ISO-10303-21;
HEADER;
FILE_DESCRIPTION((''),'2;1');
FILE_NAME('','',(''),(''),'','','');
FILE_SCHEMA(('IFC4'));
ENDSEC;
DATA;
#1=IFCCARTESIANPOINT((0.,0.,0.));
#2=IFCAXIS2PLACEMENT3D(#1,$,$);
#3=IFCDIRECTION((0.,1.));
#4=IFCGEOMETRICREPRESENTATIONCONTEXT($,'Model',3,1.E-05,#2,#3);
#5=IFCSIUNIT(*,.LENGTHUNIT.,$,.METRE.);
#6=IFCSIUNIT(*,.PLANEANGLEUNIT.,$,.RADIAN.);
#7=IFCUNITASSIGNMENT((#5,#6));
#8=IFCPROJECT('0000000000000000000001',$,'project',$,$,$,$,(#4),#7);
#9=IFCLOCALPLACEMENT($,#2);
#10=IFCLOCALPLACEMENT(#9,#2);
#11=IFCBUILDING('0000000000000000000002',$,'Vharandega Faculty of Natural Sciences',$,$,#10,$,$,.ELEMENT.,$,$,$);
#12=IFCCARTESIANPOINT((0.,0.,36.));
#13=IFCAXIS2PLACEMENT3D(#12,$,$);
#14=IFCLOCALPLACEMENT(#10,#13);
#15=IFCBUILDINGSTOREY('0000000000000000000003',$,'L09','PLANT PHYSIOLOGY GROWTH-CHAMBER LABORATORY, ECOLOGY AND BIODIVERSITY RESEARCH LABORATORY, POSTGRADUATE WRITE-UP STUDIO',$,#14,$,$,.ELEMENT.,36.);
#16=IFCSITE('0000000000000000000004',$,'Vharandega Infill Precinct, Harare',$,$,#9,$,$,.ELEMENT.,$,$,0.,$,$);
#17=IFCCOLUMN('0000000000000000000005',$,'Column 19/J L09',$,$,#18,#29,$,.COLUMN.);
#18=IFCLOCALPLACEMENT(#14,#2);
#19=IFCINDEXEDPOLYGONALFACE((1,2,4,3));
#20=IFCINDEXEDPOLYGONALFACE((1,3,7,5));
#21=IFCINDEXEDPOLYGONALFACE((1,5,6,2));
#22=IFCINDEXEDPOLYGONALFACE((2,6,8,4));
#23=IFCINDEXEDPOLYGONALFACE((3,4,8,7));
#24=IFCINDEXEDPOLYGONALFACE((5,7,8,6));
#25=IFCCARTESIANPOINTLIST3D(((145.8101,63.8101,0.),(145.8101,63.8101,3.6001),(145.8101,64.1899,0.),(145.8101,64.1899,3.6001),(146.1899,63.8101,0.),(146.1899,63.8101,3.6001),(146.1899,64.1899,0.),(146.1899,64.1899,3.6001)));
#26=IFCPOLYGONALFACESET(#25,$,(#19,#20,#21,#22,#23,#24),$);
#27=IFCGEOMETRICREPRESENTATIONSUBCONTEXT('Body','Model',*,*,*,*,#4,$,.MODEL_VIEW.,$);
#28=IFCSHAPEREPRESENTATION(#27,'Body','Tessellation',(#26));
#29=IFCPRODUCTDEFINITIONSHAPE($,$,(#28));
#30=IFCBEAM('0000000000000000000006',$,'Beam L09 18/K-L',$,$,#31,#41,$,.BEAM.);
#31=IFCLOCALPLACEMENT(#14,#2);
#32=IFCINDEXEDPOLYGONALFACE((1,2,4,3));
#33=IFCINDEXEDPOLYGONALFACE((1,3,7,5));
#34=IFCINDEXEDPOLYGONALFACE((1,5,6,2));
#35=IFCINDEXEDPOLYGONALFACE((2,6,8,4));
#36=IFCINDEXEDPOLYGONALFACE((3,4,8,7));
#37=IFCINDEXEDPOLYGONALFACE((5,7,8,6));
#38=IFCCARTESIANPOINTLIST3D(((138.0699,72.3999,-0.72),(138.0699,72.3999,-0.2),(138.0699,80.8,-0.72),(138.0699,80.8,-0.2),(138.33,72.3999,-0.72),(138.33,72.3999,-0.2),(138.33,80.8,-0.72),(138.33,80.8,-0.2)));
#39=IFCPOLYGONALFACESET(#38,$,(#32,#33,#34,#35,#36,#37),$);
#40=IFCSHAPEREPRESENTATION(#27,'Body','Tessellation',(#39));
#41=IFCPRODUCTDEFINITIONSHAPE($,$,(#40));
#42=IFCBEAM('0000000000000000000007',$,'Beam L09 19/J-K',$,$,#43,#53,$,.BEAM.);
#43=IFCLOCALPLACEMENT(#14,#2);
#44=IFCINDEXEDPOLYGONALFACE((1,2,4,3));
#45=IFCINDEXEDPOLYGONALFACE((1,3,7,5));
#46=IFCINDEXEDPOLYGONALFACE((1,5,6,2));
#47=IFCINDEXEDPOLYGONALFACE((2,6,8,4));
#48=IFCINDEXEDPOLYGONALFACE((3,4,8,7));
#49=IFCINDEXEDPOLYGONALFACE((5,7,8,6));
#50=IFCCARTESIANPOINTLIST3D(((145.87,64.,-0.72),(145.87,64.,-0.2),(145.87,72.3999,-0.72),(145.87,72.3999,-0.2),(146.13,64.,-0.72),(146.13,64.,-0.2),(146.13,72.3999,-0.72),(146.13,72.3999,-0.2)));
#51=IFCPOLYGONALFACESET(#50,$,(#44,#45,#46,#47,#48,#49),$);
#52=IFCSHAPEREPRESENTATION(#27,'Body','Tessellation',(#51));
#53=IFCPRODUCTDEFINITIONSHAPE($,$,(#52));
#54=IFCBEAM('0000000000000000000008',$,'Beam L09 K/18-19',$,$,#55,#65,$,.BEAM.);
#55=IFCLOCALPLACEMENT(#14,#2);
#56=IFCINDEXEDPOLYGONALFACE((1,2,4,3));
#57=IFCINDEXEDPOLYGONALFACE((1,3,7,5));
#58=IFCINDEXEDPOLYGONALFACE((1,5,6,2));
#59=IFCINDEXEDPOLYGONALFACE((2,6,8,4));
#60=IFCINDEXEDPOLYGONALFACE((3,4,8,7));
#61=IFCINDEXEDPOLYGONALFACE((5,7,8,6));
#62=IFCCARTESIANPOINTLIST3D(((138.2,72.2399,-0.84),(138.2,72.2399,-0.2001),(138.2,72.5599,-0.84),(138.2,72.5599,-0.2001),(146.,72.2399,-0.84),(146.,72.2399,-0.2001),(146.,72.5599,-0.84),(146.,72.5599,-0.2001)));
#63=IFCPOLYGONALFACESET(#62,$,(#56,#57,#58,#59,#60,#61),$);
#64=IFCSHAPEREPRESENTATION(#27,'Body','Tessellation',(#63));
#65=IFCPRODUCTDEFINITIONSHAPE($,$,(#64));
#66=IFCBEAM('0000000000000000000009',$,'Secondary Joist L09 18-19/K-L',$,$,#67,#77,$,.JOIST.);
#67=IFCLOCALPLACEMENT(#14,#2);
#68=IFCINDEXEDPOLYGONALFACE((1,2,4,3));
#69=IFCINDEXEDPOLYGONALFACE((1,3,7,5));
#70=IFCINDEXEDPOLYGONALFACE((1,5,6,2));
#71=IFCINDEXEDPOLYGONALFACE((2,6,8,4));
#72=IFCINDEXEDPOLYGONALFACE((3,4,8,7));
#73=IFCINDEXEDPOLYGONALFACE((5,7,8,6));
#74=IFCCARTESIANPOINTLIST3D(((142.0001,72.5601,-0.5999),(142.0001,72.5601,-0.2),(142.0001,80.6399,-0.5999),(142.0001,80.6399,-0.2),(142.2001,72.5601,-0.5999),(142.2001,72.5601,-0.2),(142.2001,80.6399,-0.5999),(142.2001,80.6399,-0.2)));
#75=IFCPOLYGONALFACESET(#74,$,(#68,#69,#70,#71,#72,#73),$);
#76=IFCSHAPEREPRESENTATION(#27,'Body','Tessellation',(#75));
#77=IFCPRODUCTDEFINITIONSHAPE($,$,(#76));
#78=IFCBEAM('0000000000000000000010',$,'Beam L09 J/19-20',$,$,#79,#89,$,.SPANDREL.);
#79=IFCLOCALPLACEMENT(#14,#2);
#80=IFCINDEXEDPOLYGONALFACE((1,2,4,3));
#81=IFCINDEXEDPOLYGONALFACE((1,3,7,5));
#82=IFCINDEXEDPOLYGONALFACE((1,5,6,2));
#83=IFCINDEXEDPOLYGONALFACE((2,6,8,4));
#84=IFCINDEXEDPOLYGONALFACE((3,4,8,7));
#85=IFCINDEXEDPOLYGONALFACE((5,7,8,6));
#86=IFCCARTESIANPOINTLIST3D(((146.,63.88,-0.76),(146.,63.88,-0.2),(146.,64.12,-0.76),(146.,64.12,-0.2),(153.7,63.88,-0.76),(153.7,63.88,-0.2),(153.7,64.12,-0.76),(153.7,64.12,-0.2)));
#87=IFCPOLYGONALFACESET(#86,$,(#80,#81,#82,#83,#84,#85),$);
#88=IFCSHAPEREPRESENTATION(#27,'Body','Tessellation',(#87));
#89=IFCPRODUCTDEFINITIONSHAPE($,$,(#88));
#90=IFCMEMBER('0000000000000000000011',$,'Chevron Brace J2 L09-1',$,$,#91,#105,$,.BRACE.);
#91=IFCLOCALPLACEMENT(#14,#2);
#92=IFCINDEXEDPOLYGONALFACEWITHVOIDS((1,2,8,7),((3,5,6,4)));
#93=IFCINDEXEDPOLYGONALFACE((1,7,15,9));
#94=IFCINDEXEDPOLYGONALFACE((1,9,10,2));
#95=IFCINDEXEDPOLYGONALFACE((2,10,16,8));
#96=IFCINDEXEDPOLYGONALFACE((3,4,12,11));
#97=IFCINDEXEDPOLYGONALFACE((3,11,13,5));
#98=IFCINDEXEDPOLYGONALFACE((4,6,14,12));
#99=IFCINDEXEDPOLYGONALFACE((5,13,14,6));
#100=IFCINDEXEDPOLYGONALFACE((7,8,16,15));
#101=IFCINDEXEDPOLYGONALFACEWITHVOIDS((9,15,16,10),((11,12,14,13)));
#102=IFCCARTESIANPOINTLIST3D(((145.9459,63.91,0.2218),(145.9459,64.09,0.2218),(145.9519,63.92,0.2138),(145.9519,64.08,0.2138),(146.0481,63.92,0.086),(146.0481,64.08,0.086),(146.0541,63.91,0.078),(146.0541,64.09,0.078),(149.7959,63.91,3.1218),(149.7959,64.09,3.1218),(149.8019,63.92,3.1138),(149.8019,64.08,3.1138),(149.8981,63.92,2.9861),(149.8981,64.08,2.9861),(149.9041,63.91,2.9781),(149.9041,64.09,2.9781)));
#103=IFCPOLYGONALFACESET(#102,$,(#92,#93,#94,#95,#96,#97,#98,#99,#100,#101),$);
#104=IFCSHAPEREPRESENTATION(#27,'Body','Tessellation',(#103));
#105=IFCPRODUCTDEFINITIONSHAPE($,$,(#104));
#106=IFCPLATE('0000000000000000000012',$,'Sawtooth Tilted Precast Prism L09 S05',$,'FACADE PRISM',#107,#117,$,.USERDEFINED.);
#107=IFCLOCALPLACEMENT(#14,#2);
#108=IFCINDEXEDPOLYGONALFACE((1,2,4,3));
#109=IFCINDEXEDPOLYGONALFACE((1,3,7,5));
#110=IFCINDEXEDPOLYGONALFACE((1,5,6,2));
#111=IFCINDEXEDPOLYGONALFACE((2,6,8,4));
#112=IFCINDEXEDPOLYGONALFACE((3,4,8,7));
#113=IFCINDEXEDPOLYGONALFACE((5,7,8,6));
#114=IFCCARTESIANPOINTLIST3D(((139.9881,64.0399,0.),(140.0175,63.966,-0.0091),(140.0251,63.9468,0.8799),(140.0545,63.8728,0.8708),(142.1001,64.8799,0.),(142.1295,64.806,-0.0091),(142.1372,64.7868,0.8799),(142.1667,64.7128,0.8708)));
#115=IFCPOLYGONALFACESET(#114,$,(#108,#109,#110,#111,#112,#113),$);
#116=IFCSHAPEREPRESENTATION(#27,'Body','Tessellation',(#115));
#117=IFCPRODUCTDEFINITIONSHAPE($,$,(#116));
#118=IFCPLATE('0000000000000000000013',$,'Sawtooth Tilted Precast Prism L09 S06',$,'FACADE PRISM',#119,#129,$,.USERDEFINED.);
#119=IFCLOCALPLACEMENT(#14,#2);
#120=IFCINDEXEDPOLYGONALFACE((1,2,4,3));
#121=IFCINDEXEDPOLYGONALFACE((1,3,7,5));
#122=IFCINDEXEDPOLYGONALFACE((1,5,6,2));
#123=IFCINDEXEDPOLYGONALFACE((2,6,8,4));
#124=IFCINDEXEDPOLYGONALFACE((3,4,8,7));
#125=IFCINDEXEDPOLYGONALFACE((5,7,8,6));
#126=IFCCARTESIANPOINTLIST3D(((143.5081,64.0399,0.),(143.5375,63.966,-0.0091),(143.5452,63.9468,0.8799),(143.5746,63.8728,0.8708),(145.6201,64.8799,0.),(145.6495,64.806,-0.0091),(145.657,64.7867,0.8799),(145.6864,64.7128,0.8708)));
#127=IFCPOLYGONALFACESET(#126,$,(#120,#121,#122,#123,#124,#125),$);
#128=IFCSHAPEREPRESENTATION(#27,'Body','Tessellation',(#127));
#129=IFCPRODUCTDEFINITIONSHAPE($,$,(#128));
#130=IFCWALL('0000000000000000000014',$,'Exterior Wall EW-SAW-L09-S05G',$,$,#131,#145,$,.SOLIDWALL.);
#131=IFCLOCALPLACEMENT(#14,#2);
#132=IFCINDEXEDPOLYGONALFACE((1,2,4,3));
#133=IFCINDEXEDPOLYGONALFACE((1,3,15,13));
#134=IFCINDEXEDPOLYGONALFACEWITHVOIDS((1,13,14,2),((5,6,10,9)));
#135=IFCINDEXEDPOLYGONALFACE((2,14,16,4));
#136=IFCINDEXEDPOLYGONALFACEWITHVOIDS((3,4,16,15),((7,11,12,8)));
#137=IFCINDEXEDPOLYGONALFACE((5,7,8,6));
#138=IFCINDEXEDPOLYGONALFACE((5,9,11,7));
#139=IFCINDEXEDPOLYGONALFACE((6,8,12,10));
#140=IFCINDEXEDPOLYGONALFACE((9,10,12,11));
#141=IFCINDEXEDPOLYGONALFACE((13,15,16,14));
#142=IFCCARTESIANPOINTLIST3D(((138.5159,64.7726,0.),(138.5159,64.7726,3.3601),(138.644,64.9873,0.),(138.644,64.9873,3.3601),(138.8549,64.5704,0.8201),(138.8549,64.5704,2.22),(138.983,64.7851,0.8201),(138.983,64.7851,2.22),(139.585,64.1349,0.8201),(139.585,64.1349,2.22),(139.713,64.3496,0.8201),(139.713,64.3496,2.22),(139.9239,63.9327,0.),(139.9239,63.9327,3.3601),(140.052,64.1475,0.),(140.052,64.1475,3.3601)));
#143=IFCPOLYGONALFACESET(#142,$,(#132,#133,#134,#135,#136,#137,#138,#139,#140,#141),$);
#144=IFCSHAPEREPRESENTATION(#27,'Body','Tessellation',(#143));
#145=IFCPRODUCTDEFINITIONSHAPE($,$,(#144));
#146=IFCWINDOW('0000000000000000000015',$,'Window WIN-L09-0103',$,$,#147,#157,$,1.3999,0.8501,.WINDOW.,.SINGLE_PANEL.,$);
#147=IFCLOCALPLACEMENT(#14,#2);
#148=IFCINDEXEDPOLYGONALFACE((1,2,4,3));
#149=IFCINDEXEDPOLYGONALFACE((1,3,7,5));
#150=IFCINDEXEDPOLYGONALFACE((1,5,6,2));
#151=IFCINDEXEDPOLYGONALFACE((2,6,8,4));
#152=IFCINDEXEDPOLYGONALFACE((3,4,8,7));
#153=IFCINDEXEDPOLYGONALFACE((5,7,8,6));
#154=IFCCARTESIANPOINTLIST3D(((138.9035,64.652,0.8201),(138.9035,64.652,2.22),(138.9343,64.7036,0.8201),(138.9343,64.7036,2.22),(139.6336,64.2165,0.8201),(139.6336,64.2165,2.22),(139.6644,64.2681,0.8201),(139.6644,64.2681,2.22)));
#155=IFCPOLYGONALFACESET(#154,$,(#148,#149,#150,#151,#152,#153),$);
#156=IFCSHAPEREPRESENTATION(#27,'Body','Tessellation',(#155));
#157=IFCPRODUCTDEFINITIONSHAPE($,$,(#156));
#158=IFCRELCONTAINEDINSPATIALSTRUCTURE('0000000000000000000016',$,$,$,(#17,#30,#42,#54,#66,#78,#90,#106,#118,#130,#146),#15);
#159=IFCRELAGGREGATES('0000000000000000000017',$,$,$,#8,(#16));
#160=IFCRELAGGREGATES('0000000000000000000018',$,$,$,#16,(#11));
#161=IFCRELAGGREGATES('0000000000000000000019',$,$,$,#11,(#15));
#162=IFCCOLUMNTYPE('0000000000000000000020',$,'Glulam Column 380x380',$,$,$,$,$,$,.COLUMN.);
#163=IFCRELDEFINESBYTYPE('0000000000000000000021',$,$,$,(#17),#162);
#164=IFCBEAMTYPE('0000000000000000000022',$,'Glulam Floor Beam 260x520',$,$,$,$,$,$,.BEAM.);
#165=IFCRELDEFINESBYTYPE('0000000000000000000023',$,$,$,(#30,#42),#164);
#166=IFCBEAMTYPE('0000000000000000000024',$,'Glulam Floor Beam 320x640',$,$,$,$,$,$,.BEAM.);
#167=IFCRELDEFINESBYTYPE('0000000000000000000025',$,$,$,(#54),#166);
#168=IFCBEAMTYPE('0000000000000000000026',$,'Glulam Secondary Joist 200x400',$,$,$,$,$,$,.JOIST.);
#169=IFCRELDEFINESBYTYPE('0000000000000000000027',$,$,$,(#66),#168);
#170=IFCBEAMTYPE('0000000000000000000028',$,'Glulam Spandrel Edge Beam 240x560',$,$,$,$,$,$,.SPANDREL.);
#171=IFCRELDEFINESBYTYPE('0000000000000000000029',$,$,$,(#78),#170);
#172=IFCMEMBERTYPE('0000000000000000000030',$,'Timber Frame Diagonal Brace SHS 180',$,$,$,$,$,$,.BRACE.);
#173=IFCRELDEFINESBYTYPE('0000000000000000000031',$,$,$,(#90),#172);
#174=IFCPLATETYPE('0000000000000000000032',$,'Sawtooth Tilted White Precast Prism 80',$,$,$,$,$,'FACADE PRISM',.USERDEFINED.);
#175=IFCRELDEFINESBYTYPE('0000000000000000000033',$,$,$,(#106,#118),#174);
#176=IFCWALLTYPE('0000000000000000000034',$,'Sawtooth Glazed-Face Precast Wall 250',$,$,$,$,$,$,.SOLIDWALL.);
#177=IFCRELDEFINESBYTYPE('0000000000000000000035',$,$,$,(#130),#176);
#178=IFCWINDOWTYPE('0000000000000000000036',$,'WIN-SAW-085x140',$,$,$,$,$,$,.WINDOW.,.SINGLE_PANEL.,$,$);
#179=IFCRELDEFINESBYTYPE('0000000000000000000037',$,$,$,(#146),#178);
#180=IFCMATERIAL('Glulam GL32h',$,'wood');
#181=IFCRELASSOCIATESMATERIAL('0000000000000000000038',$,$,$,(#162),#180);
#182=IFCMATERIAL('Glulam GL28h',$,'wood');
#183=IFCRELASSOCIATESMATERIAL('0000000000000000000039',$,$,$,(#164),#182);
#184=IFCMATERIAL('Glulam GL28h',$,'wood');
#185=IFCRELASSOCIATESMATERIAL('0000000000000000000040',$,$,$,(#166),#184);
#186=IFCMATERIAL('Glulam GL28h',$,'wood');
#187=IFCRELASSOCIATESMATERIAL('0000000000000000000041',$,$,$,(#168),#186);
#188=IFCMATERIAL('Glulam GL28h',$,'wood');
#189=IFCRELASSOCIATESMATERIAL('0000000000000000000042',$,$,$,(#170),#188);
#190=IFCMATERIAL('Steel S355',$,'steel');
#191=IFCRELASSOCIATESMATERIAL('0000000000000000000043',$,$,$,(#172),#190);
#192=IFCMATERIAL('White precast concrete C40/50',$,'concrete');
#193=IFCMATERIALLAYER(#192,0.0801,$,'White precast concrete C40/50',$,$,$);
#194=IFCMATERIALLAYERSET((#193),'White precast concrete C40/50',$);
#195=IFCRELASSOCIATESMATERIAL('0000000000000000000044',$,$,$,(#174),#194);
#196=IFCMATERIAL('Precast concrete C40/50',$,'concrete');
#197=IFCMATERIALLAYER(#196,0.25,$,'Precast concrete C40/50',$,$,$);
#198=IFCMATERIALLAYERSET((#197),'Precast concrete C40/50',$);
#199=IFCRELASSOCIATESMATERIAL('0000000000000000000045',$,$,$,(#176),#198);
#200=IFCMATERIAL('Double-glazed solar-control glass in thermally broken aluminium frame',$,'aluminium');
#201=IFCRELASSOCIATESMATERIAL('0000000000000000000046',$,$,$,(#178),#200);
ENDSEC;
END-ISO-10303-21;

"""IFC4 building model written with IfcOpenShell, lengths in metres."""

from ifc_helpers import new_model, si_unit, direction, frame, frame_2d, origin, origin_2d, place, context, subcontext, project, spatial, polyline, rectangle, hollow_rectangle, outline, extrude, material, layer, layer_set, material_profile, profile_set, type_object, element, fill, save


model = new_model("IFC4")

# Units and contexts
model_context = context("Model", 3, precision=1e-05, world=origin(), true_north=direction((0.0, 1.0)))
body_context = subcontext(model_context, "Body", "Model", "MODEL_VIEW")
ifc_project = project(units=[si_unit("LENGTHUNIT", "METRE"), si_unit("PLANEANGLEUNIT", "RADIAN")], contexts=[model_context])

# Site, building, storey
site_placement = place(None, origin())
site = spatial("IfcSite", under=ifc_project, at=site_placement, Name="Vharandega Infill Precinct, Harare", CompositionType="ELEMENT", RefElevation=0.0)
building_placement = place(site_placement, origin())
building = spatial("IfcBuilding", under=site, at=building_placement, Name="Vharandega Faculty of Natural Sciences", CompositionType="ELEMENT")
storey_placement = place(building_placement, frame((0.0, 0.0, 36.0)))
storey = spatial("IfcBuildingStorey", under=building, at=storey_placement, Name="L09", Description="PLANT PHYSIOLOGY GROWTH-CHAMBER LABORATORY, ECOLOGY AND BIODIVERSITY RESEARCH LABORATORY, POSTGRADUATE WRITE-UP STUDIO", CompositionType="ELEMENT", Elevation=36.0)

# Column
ifc_material_1 = material(Name="Glulam GL32h", Category="wood")
ifc_material_profile_1 = material_profile(ifc_material_1, rectangle(XDim=0.3799, YDim=0.3799, at=origin_2d()), Name="GL32h 380x380")
ifc_profile_set_1 = profile_set([ifc_material_profile_1], Name="Glulam GL32h")
column_type = type_object("IfcColumnType", Name="Glulam Column 380x380", PredefinedType="COLUMN", material=ifc_profile_set_1)
column_placement = place(storey_placement, frame((146.0, 64.0, 0.0), z_axis=(0.0, 0.0, 1.0), x_axis=(1.0, 0.0, 0.0)))
element("IfcColumn", 1, at=column_placement, inside=storey, type_object=column_type, Name="Column 19/J L09", PredefinedType="COLUMN", context=body_context, shape_type="SweptSolid", body=[
    extrude(rectangle(XDim=0.3799, YDim=0.3799, at=origin_2d()), origin(), (0.0, 0.0, 1.0), 3.6001),
])

# Beams
ifc_material_2 = material(Name="Glulam GL28h", Category="wood")
ifc_material_profile_2 = material_profile(ifc_material_2, rectangle(XDim=0.26, YDim=0.52, at=origin_2d()), Name="GL28h 260x520")
ifc_profile_set_2 = profile_set([ifc_material_profile_2], Name="Glulam GL28h")
beam_type_1 = type_object("IfcBeamType", Name="Glulam Floor Beam 260x520", PredefinedType="BEAM", material=ifc_profile_set_2)
beam_1_placement = place(storey_placement, frame((138.2, 72.3999, -0.46), z_axis=(0.0, 1.0, 0.0), x_axis=(-1.0, 0.0, 0.0)))
element("IfcBeam", 2, at=beam_1_placement, inside=storey, type_object=beam_type_1, Name="Beam L09 18/K-L", PredefinedType="BEAM", context=body_context, shape_type="SweptSolid", body=[
    extrude(rectangle(XDim=0.26, YDim=0.52, at=origin_2d()), origin(), (0.0, 0.0, 1.0), 8.4001),
])
beam_2_placement = place(storey_placement, frame((146.0, 64.0, -0.46), z_axis=(0.0, 1.0, 0.0), x_axis=(-1.0, 0.0, 0.0)))
element("IfcBeam", 3, at=beam_2_placement, inside=storey, type_object=beam_type_1, Name="Beam L09 19/J-K", PredefinedType="BEAM", context=body_context, shape_type="SweptSolid", body=[
    extrude(rectangle(XDim=0.26, YDim=0.52, at=origin_2d()), origin(), (0.0, 0.0, 1.0), 8.3999),
])
ifc_material_3 = material(Name="Glulam GL28h", Category="wood")
ifc_material_profile_3 = material_profile(ifc_material_3, rectangle(XDim=0.3201, YDim=0.6399, at=origin_2d()), Name="GL28h 320x640")
ifc_profile_set_3 = profile_set([ifc_material_profile_3], Name="Glulam GL28h")
beam_type_2 = type_object("IfcBeamType", Name="Glulam Floor Beam 320x640", PredefinedType="BEAM", material=ifc_profile_set_3)
beam_3_placement = place(storey_placement, frame((138.2, 72.3999, -0.52), z_axis=(1.0, 0.0, 0.0), x_axis=(0.0, 1.0, 0.0)))
element("IfcBeam", 4, at=beam_3_placement, inside=storey, type_object=beam_type_2, Name="Beam L09 K/18-19", PredefinedType="BEAM", context=body_context, shape_type="SweptSolid", body=[
    extrude(rectangle(XDim=0.3201, YDim=0.6399, at=origin_2d()), origin(), (0.0, 0.0, 1.0), 7.8),
])
ifc_material_4 = material(Name="Glulam GL28h", Category="wood")
ifc_material_profile_4 = material_profile(ifc_material_4, rectangle(XDim=0.2, YDim=0.3999, at=origin_2d()), Name="GL28h 200x400")
ifc_profile_set_4 = profile_set([ifc_material_profile_4], Name="Glulam GL28h")
beam_type_3 = type_object("IfcBeamType", Name="Glulam Secondary Joist 200x400", PredefinedType="JOIST", material=ifc_profile_set_4)
beam_4_placement = place(storey_placement, frame((142.1001, 72.5601, -0.3999), z_axis=(0.0, 1.0, 0.0), x_axis=(-1.0, 0.0, 0.0)))
element("IfcBeam", 5, at=beam_4_placement, inside=storey, type_object=beam_type_3, Name="Secondary Joist L09 18-19/K-L", PredefinedType="JOIST", context=body_context, shape_type="SweptSolid", body=[
    extrude(rectangle(XDim=0.2, YDim=0.3999, at=origin_2d()), origin(), (0.0, 0.0, 1.0), 8.0798),
])
ifc_material_5 = material(Name="Glulam GL28h", Category="wood")
ifc_material_profile_5 = material_profile(ifc_material_5, rectangle(XDim=0.24, YDim=0.5601, at=origin_2d()), Name="GL28h 240x560")
ifc_profile_set_5 = profile_set([ifc_material_profile_5], Name="Glulam GL28h")
beam_type_4 = type_object("IfcBeamType", Name="Glulam Spandrel Edge Beam 240x560", PredefinedType="SPANDREL", material=ifc_profile_set_5)
beam_5_placement = place(storey_placement, frame((146.0, 64.0, -0.48), z_axis=(1.0, 0.0, 0.0), x_axis=(0.0, 1.0, 0.0)))
element("IfcBeam", 6, at=beam_5_placement, inside=storey, type_object=beam_type_4, Name="Beam L09 J/19-20", PredefinedType="SPANDREL", context=body_context, shape_type="SweptSolid", body=[
    extrude(rectangle(XDim=0.24, YDim=0.5601, at=origin_2d()), origin(), (0.0, 0.0, 1.0), 7.7),
])

# Member
ifc_material_6 = material(Name="Steel S355", Category="steel")
ifc_material_profile_6 = material_profile(ifc_material_6, hollow_rectangle(XDim=0.1799, YDim=0.1799, WallThickness=0.01, at=origin_2d()), Name="SHS 180x180x10")
ifc_profile_set_6 = profile_set([ifc_material_profile_6], Name="Steel S355")
member_type = type_object("IfcMemberType", Name="Timber Frame Diagonal Brace SHS 180", PredefinedType="BRACE", material=ifc_profile_set_6)
member_placement = place(storey_placement, frame((146.0, 64.0, 0.1499), z_axis=(0.798746, 0.0, 0.601668), x_axis=(0.0, 1.0, 0.0)))
element("IfcMember", 7, at=member_placement, inside=storey, type_object=member_type, Name="Chevron Brace J2 L09-1", PredefinedType="BRACE", context=body_context, shape_type="SweptSolid", body=[
    extrude(hollow_rectangle(XDim=0.1799, YDim=0.1799, WallThickness=0.01, at=origin_2d()), origin(), (0.0, 0.0, 1.0), 4.8201),
])

# Plates
ifc_material_7 = material(Name="White precast concrete C40/50", Category="concrete")
ifc_layer_1 = layer(ifc_material_7, 0.0801, Name="White precast concrete C40/50")
ifc_layer_set_1 = layer_set([ifc_layer_1], Name="White precast concrete C40/50")
plate_type = type_object("IfcPlateType", Name="Sawtooth Tilted White Precast Prism 80", ElementType="FACADE PRISM", PredefinedType="USERDEFINED", material=ifc_layer_set_1)
plate_1_placement = place(storey_placement, frame((142.1001, 64.8799, 0.0), z_axis=(-0.367171, 0.923238, 0.113215), x_axis=(0.041952, -0.105155, 0.993571)))
element("IfcPlate", 8, at=plate_1_placement, inside=storey, type_object=plate_type, Name="Sawtooth Tilted Precast Prism L09 S05", ObjectType="FACADE PRISM", PredefinedType="USERDEFINED", context=body_context, shape_type="SweptSolid", body=[
    extrude(outline(polyline([(0.0, 0.0), (0.8856, 0.0), (0.8853, -2.273), (-0.0003, -2.2729), (0.0, 0.0)])), origin(), (0.0, 0.0, -1.0), 0.0801),
])
plate_2_placement = place(storey_placement, frame((145.6201, 64.8799, 0.0), z_axis=(-0.367192, 0.923236, 0.113164), x_axis=(0.041695, -0.105203, 0.993576)))
element("IfcPlate", 9, at=plate_2_placement, inside=storey, type_object=plate_type, Name="Sawtooth Tilted Precast Prism L09 S06", ObjectType="FACADE PRISM", PredefinedType="USERDEFINED", context=body_context, shape_type="SweptSolid", body=[
    extrude(outline(polyline([(0.0, 0.0), (0.8856, 0.0), (0.8859, -2.2728), (0.0003, -2.2729), (0.0, 0.0)])), origin(), (0.0, 0.0, -1.0), 0.0801),
])

# Wall, opening, window
ifc_material_8 = material(Name="Precast concrete C40/50", Category="concrete")
ifc_layer_2 = layer(ifc_material_8, 0.25, Name="Precast concrete C40/50")
ifc_layer_set_2 = layer_set([ifc_layer_2], Name="Precast concrete C40/50")
wall_type_1 = type_object("IfcWallType", Name="Sawtooth Glazed-Face Precast Wall 250", PredefinedType="SOLIDWALL", material=ifc_layer_set_2)
wall_1_placement = place(storey_placement, frame((139.988, 64.04, 0.0), z_axis=(0.0, 0.0, 1.0), x_axis=(-0.858817, 0.512282, 0.0)))
wall_1 = element("IfcWall", 10, at=wall_1_placement, inside=storey, type_object=wall_type_1, Name="Exterior Wall EW-SAW-L09-S05G", PredefinedType="SOLIDWALL", context=body_context, shape_type="SweptSolid", body=[
    extrude(rectangle(XDim=1.6394, YDim=0.25, at=frame_2d((0.8198, 0.0))), origin(), (0.0, 0.0, 1.0), 3.3601),
])
opening_1_placement = place(wall_1_placement, frame((0.3948, 0.0, 0.8201)))
opening_1 = element("IfcOpeningElement", 11, at=opening_1_placement, cuts=wall_1, PredefinedType="OPENING", context=body_context, shape_type="SweptSolid", body=[
    extrude(rectangle(XDim=0.8501, YDim=1.3999, at=frame_2d((0.425, 0.7))), frame((0.0, 0.135, 0.0), z_axis=(0.0, -1.0, 0.0), x_axis=(1.0, 0.0, 0.0)), (0.0, 0.0, 1.0), 0.27),
])
ifc_material_9 = material(Name="Double-glazed solar-control glass in thermally broken aluminium frame", Category="aluminium")
window_type_1 = type_object("IfcWindowType", Name="WIN-SAW-085x140", PartitioningType="SINGLE_PANEL", PredefinedType="WINDOW", material=ifc_material_9)
window_1_placement = place(opening_1_placement, origin())
window_1 = element("IfcWindow", 12, at=window_1_placement, inside=storey, type_object=window_type_1, Name="Window WIN-L09-0103", OverallHeight=1.3999, OverallWidth=0.8501, PartitioningType="SINGLE_PANEL", PredefinedType="WINDOW", context=body_context, shape_type="SweptSolid", body=[
    extrude(rectangle(XDim=0.8501, YDim=1.3999, at=frame_2d((0.425, 0.7))), frame((0.0, 0.03, 0.0), z_axis=(0.0, -1.0, 0.0), x_axis=(1.0, 0.0, 0.0)), (0.0, 0.0, 1.0), 0.0601),
])
fill(opening_1, window_1)

save(model, "model.ifc")
